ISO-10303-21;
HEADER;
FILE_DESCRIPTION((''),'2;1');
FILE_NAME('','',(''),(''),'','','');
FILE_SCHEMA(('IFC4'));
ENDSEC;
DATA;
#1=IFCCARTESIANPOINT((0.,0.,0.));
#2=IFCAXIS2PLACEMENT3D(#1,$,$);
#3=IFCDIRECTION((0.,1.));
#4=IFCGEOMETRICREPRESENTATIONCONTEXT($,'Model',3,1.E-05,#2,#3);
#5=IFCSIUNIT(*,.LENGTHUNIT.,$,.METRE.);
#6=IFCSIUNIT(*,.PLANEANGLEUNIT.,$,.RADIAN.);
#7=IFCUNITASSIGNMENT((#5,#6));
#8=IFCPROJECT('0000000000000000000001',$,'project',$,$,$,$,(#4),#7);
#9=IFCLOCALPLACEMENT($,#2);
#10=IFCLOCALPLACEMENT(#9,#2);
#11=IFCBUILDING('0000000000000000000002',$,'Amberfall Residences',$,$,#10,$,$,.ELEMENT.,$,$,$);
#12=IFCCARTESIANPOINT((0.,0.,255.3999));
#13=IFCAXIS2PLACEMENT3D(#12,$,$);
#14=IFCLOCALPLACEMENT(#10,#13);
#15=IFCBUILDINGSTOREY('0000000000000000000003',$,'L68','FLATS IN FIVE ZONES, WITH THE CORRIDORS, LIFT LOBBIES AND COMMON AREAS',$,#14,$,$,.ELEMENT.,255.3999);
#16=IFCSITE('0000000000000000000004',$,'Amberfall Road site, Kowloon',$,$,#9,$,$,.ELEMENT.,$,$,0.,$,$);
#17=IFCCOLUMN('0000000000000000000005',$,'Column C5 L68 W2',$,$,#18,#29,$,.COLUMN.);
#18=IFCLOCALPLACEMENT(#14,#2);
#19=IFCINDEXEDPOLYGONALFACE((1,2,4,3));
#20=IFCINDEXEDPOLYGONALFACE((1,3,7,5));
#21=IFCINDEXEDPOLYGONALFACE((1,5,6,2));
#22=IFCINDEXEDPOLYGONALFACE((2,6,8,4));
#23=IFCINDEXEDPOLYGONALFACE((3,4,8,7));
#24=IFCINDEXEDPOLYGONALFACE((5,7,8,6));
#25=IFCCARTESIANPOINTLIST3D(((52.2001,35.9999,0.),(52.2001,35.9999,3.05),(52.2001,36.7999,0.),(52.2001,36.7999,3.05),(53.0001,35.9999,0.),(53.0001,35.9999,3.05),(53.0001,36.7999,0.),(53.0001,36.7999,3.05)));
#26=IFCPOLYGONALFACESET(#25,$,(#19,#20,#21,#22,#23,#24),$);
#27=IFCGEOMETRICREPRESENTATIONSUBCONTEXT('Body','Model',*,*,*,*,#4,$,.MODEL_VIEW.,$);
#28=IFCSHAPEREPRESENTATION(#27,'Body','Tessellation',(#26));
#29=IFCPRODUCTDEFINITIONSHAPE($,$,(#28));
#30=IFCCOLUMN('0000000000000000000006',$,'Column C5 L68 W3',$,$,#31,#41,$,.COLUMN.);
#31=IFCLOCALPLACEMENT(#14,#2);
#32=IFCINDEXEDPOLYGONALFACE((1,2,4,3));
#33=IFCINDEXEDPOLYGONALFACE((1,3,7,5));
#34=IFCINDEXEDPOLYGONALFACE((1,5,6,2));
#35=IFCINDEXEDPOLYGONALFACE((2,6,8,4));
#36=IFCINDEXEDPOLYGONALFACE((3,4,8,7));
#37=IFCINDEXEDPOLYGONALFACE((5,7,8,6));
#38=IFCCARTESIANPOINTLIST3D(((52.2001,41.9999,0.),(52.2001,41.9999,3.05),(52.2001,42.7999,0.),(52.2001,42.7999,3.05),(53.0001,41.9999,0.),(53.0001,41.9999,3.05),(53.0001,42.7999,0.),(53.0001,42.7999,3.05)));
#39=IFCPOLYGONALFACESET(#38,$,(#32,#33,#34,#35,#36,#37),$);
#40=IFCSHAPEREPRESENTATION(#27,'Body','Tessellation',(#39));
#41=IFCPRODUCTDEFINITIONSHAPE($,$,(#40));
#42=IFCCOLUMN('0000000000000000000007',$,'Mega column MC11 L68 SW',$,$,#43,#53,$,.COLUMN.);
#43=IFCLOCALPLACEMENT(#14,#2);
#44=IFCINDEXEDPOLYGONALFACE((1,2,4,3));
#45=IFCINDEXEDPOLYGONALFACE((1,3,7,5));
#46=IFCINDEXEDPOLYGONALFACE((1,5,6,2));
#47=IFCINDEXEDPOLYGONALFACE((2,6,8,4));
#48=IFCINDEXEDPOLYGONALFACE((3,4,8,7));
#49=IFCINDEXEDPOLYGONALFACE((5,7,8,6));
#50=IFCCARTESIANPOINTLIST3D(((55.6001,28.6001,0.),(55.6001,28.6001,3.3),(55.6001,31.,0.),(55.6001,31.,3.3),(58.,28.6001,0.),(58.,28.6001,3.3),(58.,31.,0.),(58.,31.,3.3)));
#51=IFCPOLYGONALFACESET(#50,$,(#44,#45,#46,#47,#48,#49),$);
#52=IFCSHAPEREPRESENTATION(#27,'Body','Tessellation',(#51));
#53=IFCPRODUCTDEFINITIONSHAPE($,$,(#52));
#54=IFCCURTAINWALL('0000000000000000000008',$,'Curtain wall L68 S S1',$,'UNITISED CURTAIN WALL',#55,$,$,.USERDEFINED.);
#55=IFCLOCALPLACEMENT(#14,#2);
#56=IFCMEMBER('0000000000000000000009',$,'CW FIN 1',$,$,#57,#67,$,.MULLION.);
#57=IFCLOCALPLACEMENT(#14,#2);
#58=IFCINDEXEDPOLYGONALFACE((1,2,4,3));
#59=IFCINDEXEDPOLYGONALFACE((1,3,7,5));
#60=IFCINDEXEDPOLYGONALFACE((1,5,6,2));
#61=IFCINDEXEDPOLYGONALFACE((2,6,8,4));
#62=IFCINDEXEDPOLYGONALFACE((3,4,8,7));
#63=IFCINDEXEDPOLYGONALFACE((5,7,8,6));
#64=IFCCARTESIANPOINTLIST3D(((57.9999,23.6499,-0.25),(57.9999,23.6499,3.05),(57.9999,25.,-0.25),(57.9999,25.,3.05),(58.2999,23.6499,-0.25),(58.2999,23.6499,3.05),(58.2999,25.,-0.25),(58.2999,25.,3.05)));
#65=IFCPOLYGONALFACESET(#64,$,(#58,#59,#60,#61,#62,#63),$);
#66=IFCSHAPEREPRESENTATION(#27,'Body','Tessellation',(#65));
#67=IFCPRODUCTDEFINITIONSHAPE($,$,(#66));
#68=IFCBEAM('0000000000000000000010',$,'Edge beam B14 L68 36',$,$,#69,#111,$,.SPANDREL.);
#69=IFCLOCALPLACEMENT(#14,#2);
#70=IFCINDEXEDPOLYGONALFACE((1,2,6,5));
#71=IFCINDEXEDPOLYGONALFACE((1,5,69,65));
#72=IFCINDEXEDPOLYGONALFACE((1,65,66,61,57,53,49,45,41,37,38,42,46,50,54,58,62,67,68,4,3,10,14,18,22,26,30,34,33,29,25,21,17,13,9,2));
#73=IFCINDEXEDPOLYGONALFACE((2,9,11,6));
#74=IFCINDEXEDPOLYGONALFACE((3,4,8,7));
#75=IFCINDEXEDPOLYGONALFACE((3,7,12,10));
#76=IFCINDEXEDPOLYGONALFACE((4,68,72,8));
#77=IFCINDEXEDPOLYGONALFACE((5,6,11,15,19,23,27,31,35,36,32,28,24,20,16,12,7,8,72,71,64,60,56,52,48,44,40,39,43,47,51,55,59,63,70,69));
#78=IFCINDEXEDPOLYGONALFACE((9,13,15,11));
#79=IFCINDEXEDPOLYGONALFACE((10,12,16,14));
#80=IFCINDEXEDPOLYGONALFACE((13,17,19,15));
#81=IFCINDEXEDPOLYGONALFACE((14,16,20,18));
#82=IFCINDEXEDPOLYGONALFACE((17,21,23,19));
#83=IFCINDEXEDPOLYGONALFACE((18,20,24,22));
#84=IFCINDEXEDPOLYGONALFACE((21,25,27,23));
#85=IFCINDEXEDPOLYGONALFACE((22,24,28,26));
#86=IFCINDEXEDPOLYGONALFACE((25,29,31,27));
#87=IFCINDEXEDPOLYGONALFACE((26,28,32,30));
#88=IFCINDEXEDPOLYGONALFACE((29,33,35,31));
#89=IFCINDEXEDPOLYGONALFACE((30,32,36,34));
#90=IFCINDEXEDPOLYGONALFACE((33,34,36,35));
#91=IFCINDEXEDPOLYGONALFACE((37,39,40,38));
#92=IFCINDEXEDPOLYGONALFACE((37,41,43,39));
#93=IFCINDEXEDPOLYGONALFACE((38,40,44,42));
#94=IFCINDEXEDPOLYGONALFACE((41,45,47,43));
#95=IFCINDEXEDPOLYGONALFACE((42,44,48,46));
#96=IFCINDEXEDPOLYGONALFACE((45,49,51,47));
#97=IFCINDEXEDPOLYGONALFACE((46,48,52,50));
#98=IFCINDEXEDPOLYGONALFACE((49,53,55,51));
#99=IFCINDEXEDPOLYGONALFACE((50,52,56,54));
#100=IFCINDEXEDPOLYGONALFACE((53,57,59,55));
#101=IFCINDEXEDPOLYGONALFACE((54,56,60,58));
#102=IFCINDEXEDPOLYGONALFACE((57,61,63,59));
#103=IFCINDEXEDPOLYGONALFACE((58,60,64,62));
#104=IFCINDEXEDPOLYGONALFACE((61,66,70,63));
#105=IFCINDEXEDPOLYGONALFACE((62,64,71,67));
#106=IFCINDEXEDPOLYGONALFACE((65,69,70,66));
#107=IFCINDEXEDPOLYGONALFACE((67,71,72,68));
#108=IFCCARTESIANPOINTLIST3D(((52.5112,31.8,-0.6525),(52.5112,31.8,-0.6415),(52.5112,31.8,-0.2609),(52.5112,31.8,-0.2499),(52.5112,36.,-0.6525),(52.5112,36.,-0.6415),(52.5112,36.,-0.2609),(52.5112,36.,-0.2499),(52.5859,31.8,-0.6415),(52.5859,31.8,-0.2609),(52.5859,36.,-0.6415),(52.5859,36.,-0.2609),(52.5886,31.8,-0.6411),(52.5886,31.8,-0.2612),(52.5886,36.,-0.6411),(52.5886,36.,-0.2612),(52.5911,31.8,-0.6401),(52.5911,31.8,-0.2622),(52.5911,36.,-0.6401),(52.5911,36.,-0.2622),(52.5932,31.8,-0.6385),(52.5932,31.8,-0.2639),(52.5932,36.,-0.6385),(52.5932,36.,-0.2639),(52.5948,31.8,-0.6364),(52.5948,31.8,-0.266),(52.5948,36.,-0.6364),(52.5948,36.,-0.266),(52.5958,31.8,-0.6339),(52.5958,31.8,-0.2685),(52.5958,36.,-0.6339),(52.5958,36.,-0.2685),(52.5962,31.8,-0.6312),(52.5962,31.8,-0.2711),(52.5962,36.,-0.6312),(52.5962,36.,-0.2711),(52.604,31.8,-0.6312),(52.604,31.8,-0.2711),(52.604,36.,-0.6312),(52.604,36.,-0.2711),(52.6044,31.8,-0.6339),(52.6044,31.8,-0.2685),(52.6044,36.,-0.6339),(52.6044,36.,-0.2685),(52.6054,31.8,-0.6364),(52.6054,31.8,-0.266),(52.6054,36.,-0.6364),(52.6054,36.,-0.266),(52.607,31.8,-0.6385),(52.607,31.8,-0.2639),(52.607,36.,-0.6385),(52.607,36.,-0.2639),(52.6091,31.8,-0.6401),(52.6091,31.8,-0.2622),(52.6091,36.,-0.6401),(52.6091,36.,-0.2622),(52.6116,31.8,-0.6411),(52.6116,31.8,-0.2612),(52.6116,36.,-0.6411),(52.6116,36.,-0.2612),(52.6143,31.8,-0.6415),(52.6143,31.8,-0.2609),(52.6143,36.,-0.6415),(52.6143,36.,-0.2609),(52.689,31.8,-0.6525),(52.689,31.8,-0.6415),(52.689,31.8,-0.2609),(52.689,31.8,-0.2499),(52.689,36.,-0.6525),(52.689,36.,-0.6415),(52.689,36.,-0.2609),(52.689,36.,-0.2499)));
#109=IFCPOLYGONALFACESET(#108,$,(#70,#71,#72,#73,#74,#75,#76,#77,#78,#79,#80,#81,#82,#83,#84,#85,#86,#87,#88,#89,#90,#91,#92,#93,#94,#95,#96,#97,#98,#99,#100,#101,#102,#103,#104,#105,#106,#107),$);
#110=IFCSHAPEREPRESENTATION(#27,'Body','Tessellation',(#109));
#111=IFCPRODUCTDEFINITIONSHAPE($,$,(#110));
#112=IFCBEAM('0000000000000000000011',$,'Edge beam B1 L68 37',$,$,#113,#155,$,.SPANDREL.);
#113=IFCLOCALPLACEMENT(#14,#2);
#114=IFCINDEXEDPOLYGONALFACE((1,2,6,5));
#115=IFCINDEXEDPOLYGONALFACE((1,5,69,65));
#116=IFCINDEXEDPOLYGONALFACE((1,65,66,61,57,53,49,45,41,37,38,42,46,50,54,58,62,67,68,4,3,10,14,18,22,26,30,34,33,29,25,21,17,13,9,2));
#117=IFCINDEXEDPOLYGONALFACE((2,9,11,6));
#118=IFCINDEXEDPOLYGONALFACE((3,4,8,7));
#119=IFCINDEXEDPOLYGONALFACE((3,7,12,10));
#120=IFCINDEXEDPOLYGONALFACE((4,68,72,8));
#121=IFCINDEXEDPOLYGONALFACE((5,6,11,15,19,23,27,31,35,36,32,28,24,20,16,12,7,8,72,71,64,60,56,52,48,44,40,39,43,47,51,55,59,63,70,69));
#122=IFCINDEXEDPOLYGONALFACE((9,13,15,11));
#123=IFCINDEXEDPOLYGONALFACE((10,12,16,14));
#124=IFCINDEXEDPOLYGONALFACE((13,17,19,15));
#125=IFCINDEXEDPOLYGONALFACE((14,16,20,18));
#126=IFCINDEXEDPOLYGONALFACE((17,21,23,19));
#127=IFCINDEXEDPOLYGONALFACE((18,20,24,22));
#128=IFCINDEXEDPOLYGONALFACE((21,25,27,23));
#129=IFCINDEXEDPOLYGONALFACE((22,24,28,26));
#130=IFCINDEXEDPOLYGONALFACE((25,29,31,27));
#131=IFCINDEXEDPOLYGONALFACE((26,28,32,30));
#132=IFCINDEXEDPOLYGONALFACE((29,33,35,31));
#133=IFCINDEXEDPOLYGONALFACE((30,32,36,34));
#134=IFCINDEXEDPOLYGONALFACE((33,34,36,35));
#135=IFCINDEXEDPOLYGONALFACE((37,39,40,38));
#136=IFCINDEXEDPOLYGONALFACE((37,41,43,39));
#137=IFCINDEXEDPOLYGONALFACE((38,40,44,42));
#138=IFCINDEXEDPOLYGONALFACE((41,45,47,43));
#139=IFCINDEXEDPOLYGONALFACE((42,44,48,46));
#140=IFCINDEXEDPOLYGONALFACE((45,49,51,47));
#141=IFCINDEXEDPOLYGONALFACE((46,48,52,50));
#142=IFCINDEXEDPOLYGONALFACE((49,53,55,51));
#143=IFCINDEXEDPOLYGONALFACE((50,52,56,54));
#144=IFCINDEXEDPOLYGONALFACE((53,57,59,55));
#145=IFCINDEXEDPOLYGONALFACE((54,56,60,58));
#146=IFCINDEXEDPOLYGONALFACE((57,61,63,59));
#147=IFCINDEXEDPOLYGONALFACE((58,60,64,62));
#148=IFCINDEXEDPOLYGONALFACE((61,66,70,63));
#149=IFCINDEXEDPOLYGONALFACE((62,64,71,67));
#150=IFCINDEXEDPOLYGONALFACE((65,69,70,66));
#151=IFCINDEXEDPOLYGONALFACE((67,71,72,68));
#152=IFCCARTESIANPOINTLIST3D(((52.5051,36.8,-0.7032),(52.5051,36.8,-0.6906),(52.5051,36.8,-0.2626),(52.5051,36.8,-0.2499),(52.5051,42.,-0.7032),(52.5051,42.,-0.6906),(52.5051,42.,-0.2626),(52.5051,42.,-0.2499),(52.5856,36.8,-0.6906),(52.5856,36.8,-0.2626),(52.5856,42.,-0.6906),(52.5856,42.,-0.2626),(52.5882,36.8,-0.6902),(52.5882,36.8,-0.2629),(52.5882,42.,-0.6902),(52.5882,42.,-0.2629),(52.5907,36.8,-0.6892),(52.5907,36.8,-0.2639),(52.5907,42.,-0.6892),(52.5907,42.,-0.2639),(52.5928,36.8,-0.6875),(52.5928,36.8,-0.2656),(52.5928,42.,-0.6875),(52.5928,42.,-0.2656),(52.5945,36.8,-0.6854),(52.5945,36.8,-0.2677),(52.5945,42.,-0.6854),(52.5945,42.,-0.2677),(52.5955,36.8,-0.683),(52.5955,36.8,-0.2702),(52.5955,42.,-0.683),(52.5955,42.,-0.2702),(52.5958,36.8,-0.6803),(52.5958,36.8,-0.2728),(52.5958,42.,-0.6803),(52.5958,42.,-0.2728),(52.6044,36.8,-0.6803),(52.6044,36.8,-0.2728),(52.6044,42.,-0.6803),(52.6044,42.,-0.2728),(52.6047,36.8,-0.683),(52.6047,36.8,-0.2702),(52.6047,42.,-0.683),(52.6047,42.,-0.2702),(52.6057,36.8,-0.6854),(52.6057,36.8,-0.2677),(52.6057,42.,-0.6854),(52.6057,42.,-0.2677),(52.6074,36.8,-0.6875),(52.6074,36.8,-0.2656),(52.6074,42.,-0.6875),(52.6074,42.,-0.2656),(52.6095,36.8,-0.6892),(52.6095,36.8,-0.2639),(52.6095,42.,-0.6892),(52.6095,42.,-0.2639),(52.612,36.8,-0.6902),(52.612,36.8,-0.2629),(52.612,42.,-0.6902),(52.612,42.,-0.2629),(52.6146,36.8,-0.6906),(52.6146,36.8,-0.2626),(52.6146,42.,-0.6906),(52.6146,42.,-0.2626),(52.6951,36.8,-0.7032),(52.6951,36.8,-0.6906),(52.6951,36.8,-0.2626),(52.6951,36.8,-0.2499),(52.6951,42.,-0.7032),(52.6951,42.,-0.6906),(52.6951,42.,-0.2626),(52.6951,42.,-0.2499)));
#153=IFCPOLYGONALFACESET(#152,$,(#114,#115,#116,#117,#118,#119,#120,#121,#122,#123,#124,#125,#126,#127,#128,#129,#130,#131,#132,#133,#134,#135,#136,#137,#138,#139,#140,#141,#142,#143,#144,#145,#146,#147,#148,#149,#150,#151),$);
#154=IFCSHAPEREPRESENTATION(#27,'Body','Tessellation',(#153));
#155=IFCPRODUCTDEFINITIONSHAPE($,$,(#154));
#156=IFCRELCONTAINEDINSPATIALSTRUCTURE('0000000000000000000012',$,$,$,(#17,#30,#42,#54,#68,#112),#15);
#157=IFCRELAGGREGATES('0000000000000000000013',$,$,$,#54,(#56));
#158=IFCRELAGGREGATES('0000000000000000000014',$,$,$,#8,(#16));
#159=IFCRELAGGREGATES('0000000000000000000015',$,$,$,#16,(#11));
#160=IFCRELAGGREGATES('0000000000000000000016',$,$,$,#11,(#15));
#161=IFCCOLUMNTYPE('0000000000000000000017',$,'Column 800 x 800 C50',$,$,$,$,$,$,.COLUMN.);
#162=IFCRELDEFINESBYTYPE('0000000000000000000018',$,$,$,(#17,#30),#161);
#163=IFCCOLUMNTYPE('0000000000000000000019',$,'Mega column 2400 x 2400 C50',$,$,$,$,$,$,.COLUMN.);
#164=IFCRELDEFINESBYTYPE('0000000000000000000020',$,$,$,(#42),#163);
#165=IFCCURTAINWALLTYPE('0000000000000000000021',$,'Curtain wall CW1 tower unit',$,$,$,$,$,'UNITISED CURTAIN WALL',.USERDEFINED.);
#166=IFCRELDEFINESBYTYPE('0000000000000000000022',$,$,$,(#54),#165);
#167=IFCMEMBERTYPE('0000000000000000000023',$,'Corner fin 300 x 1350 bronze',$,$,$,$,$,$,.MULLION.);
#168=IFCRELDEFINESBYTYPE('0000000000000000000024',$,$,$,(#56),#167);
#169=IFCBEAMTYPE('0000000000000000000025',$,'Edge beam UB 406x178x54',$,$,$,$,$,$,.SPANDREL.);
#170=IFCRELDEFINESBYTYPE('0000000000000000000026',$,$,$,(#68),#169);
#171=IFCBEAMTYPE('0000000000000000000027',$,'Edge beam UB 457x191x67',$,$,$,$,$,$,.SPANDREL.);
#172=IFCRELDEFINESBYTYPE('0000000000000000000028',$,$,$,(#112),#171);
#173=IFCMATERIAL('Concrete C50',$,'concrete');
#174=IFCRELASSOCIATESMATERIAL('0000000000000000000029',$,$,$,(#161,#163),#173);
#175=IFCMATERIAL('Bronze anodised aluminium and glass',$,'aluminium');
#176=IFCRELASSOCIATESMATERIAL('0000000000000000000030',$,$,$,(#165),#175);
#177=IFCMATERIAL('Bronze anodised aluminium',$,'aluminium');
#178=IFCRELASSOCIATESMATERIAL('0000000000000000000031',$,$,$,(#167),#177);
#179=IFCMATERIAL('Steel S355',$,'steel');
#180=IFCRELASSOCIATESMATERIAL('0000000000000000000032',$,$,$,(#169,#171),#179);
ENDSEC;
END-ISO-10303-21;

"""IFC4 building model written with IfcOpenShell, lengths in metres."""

from ifc_helpers import new_model, si_unit, direction, frame, origin, origin_2d, place, context, subcontext, project, spatial, rectangle, i_section, extrude, material, material_profile, profile_set, type_object, element, aggregate, save


model = new_model("IFC4")

# Units and contexts
model_context = context("Model", 3, precision=1e-05, world=origin(), true_north=direction((0.0, 1.0)))
body_context = subcontext(model_context, "Body", "Model", "MODEL_VIEW")
ifc_project = project(units=[si_unit("LENGTHUNIT", "METRE"), si_unit("PLANEANGLEUNIT", "RADIAN")], contexts=[model_context])

# Site, building, storey
site_placement = place(None, origin())
site = spatial("IfcSite", under=ifc_project, at=site_placement, Name="Amberfall Road site, Kowloon", CompositionType="ELEMENT", RefElevation=0.0)
building_placement = place(site_placement, origin())
building = spatial("IfcBuilding", under=site, at=building_placement, Name="Amberfall Residences", CompositionType="ELEMENT")
storey_placement = place(building_placement, frame((0.0, 0.0, 255.3999)))
storey = spatial("IfcBuildingStorey", under=building, at=storey_placement, Name="L68", Description="FLATS IN FIVE ZONES, WITH THE CORRIDORS, LIFT LOBBIES AND COMMON AREAS", CompositionType="ELEMENT", Elevation=255.3999)

# Columns
ifc_material_1 = material(Name="Concrete C50", Category="concrete")
ifc_material_profile_1 = material_profile(ifc_material_1, rectangle(XDim=0.8, YDim=0.8, at=origin_2d()), Name="Column 800 x 800 C50")
ifc_profile_set_1 = profile_set([ifc_material_profile_1], Name="Concrete C50")
column_type_1 = type_object("IfcColumnType", Name="Column 800 x 800 C50", PredefinedType="COLUMN", material=ifc_profile_set_1)
for number, where, z_axis, x_axis, name in (
    (1, (52.6001, 36.3999, 0.0), (0.0, 0.0, 1.0), (1.0, 0.0, 0.0), "Column C5 L68 W2"),
    (2, (52.6001, 42.3999, 0.0), (0.0, 0.0, 1.0), (1.0, 0.0, 0.0), "Column C5 L68 W3"),
):
    element("IfcColumn", number, at=place(storey_placement, frame(where, z_axis=z_axis, x_axis=x_axis)), inside=storey, type_object=column_type_1, Name=name, PredefinedType="COLUMN", context=body_context, shape_type="SweptSolid", body=[
        extrude(rectangle(XDim=0.8, YDim=0.8, at=origin_2d()), origin(), (0.0, 0.0, 1.0), 3.05),
    ])
ifc_material_profile_2 = material_profile(ifc_material_1, rectangle(XDim=2.3999, YDim=2.3999, at=origin_2d()), Name="Mega column 2400 x 2400 C50")
ifc_profile_set_2 = profile_set([ifc_material_profile_2], Name="Concrete C50")
column_type_2 = type_object("IfcColumnType", Name="Mega column 2400 x 2400 C50", PredefinedType="COLUMN", material=ifc_profile_set_2)
column_placement = place(storey_placement, frame((56.8, 29.8, 0.0), z_axis=(0.0, 0.0, 1.0), x_axis=(1.0, 0.0, 0.0)))
element("IfcColumn", 3, at=column_placement, inside=storey, type_object=column_type_2, Name="Mega column MC11 L68 SW", PredefinedType="COLUMN", context=body_context, shape_type="SweptSolid", body=[
    extrude(rectangle(XDim=2.3999, YDim=2.3999, at=origin_2d()), origin(), (0.0, 0.0, 1.0), 3.3),
])

# Curtain wall, member
ifc_material_2 = material(Name="Bronze anodised aluminium and glass", Category="aluminium")
curtain_wall_type = type_object("IfcCurtainWallType", Name="Curtain wall CW1 tower unit", ElementType="UNITISED CURTAIN WALL", PredefinedType="USERDEFINED", material=ifc_material_2)
curtain_wall_placement = place(storey_placement, origin())
curtain_wall = element("IfcCurtainWall", 4, at=curtain_wall_placement, inside=storey, type_object=curtain_wall_type, Name="Curtain wall L68 S S1", ObjectType="UNITISED CURTAIN WALL", PredefinedType="USERDEFINED")
ifc_material_3 = material(Name="Bronze anodised aluminium", Category="aluminium")
ifc_material_profile_3 = material_profile(ifc_material_3, rectangle(XDim=1.3501, YDim=0.3, at=origin_2d()), Name="Corner fin 300 x 1350 bronze")
ifc_profile_set_3 = profile_set([ifc_material_profile_3], Name="Bronze anodised aluminium")
member_type = type_object("IfcMemberType", Name="Corner fin 300 x 1350 bronze", PredefinedType="MULLION", material=ifc_profile_set_3)
member_placement = place(storey_placement, frame((58.1499, 24.325, -0.25), z_axis=(0.0, 0.0, 1.0), x_axis=(0.0, 1.0, 0.0)))
member = element("IfcMember", 5, at=member_placement, type_object=member_type, Name="CW FIN 1", PredefinedType="MULLION", context=body_context, shape_type="SweptSolid", body=[
    extrude(rectangle(XDim=1.3501, YDim=0.3, at=origin_2d()), origin(), (0.0, 0.0, 1.0), 3.3),
])
aggregate(curtain_wall, [member])

# Beams
ifc_material_4 = material(Name="Steel S355", Category="steel")
ifc_material_profile_4 = material_profile(ifc_material_4, i_section(OverallWidth=0.1777, OverallDepth=0.4026, WebThickness=0.0078, FlangeThickness=0.011, FilletRadius=0.0103, at=origin_2d()), Name="UB 406x178x54")
ifc_profile_set_4 = profile_set([ifc_material_profile_4], Name="Steel S355")
beam_type_1 = type_object("IfcBeamType", Name="Edge beam UB 406x178x54", PredefinedType="SPANDREL", material=ifc_profile_set_4)
beam_1_placement = place(storey_placement, frame((52.6001, 31.8, -0.4512), z_axis=(0.0, 1.0, 0.0), x_axis=(-1.0, 0.0, 0.0)))
element("IfcBeam", 6, at=beam_1_placement, inside=storey, type_object=beam_type_1, Name="Edge beam B14 L68 36", PredefinedType="SPANDREL", context=body_context, shape_type="SweptSolid", body=[
    extrude(i_section(OverallWidth=0.1777, OverallDepth=0.4026, WebThickness=0.0078, FlangeThickness=0.011, FilletRadius=0.0103, at=origin_2d()), origin(), (0.0, 0.0, 1.0), 4.2),
])
ifc_material_profile_5 = material_profile(ifc_material_4, i_section(OverallWidth=0.1899, OverallDepth=0.4534, WebThickness=0.0085, FlangeThickness=0.0127, FilletRadius=0.0103, at=origin_2d()), Name="UB 457x191x67")
ifc_profile_set_5 = profile_set([ifc_material_profile_5], Name="Steel S355")
beam_type_2 = type_object("IfcBeamType", Name="Edge beam UB 457x191x67", PredefinedType="SPANDREL", material=ifc_profile_set_5)
beam_2_placement = place(storey_placement, frame((52.6001, 36.8, -0.4766), z_axis=(0.0, 1.0, 0.0), x_axis=(-1.0, 0.0, 0.0)))
element("IfcBeam", 7, at=beam_2_placement, inside=storey, type_object=beam_type_2, Name="Edge beam B1 L68 37", PredefinedType="SPANDREL", context=body_context, shape_type="SweptSolid", body=[
    extrude(i_section(OverallWidth=0.1899, OverallDepth=0.4534, WebThickness=0.0085, FlangeThickness=0.0127, FilletRadius=0.0103, at=origin_2d()), origin(), (0.0, 0.0, 1.0), 5.2),
])

save(model, "model.ifc")
